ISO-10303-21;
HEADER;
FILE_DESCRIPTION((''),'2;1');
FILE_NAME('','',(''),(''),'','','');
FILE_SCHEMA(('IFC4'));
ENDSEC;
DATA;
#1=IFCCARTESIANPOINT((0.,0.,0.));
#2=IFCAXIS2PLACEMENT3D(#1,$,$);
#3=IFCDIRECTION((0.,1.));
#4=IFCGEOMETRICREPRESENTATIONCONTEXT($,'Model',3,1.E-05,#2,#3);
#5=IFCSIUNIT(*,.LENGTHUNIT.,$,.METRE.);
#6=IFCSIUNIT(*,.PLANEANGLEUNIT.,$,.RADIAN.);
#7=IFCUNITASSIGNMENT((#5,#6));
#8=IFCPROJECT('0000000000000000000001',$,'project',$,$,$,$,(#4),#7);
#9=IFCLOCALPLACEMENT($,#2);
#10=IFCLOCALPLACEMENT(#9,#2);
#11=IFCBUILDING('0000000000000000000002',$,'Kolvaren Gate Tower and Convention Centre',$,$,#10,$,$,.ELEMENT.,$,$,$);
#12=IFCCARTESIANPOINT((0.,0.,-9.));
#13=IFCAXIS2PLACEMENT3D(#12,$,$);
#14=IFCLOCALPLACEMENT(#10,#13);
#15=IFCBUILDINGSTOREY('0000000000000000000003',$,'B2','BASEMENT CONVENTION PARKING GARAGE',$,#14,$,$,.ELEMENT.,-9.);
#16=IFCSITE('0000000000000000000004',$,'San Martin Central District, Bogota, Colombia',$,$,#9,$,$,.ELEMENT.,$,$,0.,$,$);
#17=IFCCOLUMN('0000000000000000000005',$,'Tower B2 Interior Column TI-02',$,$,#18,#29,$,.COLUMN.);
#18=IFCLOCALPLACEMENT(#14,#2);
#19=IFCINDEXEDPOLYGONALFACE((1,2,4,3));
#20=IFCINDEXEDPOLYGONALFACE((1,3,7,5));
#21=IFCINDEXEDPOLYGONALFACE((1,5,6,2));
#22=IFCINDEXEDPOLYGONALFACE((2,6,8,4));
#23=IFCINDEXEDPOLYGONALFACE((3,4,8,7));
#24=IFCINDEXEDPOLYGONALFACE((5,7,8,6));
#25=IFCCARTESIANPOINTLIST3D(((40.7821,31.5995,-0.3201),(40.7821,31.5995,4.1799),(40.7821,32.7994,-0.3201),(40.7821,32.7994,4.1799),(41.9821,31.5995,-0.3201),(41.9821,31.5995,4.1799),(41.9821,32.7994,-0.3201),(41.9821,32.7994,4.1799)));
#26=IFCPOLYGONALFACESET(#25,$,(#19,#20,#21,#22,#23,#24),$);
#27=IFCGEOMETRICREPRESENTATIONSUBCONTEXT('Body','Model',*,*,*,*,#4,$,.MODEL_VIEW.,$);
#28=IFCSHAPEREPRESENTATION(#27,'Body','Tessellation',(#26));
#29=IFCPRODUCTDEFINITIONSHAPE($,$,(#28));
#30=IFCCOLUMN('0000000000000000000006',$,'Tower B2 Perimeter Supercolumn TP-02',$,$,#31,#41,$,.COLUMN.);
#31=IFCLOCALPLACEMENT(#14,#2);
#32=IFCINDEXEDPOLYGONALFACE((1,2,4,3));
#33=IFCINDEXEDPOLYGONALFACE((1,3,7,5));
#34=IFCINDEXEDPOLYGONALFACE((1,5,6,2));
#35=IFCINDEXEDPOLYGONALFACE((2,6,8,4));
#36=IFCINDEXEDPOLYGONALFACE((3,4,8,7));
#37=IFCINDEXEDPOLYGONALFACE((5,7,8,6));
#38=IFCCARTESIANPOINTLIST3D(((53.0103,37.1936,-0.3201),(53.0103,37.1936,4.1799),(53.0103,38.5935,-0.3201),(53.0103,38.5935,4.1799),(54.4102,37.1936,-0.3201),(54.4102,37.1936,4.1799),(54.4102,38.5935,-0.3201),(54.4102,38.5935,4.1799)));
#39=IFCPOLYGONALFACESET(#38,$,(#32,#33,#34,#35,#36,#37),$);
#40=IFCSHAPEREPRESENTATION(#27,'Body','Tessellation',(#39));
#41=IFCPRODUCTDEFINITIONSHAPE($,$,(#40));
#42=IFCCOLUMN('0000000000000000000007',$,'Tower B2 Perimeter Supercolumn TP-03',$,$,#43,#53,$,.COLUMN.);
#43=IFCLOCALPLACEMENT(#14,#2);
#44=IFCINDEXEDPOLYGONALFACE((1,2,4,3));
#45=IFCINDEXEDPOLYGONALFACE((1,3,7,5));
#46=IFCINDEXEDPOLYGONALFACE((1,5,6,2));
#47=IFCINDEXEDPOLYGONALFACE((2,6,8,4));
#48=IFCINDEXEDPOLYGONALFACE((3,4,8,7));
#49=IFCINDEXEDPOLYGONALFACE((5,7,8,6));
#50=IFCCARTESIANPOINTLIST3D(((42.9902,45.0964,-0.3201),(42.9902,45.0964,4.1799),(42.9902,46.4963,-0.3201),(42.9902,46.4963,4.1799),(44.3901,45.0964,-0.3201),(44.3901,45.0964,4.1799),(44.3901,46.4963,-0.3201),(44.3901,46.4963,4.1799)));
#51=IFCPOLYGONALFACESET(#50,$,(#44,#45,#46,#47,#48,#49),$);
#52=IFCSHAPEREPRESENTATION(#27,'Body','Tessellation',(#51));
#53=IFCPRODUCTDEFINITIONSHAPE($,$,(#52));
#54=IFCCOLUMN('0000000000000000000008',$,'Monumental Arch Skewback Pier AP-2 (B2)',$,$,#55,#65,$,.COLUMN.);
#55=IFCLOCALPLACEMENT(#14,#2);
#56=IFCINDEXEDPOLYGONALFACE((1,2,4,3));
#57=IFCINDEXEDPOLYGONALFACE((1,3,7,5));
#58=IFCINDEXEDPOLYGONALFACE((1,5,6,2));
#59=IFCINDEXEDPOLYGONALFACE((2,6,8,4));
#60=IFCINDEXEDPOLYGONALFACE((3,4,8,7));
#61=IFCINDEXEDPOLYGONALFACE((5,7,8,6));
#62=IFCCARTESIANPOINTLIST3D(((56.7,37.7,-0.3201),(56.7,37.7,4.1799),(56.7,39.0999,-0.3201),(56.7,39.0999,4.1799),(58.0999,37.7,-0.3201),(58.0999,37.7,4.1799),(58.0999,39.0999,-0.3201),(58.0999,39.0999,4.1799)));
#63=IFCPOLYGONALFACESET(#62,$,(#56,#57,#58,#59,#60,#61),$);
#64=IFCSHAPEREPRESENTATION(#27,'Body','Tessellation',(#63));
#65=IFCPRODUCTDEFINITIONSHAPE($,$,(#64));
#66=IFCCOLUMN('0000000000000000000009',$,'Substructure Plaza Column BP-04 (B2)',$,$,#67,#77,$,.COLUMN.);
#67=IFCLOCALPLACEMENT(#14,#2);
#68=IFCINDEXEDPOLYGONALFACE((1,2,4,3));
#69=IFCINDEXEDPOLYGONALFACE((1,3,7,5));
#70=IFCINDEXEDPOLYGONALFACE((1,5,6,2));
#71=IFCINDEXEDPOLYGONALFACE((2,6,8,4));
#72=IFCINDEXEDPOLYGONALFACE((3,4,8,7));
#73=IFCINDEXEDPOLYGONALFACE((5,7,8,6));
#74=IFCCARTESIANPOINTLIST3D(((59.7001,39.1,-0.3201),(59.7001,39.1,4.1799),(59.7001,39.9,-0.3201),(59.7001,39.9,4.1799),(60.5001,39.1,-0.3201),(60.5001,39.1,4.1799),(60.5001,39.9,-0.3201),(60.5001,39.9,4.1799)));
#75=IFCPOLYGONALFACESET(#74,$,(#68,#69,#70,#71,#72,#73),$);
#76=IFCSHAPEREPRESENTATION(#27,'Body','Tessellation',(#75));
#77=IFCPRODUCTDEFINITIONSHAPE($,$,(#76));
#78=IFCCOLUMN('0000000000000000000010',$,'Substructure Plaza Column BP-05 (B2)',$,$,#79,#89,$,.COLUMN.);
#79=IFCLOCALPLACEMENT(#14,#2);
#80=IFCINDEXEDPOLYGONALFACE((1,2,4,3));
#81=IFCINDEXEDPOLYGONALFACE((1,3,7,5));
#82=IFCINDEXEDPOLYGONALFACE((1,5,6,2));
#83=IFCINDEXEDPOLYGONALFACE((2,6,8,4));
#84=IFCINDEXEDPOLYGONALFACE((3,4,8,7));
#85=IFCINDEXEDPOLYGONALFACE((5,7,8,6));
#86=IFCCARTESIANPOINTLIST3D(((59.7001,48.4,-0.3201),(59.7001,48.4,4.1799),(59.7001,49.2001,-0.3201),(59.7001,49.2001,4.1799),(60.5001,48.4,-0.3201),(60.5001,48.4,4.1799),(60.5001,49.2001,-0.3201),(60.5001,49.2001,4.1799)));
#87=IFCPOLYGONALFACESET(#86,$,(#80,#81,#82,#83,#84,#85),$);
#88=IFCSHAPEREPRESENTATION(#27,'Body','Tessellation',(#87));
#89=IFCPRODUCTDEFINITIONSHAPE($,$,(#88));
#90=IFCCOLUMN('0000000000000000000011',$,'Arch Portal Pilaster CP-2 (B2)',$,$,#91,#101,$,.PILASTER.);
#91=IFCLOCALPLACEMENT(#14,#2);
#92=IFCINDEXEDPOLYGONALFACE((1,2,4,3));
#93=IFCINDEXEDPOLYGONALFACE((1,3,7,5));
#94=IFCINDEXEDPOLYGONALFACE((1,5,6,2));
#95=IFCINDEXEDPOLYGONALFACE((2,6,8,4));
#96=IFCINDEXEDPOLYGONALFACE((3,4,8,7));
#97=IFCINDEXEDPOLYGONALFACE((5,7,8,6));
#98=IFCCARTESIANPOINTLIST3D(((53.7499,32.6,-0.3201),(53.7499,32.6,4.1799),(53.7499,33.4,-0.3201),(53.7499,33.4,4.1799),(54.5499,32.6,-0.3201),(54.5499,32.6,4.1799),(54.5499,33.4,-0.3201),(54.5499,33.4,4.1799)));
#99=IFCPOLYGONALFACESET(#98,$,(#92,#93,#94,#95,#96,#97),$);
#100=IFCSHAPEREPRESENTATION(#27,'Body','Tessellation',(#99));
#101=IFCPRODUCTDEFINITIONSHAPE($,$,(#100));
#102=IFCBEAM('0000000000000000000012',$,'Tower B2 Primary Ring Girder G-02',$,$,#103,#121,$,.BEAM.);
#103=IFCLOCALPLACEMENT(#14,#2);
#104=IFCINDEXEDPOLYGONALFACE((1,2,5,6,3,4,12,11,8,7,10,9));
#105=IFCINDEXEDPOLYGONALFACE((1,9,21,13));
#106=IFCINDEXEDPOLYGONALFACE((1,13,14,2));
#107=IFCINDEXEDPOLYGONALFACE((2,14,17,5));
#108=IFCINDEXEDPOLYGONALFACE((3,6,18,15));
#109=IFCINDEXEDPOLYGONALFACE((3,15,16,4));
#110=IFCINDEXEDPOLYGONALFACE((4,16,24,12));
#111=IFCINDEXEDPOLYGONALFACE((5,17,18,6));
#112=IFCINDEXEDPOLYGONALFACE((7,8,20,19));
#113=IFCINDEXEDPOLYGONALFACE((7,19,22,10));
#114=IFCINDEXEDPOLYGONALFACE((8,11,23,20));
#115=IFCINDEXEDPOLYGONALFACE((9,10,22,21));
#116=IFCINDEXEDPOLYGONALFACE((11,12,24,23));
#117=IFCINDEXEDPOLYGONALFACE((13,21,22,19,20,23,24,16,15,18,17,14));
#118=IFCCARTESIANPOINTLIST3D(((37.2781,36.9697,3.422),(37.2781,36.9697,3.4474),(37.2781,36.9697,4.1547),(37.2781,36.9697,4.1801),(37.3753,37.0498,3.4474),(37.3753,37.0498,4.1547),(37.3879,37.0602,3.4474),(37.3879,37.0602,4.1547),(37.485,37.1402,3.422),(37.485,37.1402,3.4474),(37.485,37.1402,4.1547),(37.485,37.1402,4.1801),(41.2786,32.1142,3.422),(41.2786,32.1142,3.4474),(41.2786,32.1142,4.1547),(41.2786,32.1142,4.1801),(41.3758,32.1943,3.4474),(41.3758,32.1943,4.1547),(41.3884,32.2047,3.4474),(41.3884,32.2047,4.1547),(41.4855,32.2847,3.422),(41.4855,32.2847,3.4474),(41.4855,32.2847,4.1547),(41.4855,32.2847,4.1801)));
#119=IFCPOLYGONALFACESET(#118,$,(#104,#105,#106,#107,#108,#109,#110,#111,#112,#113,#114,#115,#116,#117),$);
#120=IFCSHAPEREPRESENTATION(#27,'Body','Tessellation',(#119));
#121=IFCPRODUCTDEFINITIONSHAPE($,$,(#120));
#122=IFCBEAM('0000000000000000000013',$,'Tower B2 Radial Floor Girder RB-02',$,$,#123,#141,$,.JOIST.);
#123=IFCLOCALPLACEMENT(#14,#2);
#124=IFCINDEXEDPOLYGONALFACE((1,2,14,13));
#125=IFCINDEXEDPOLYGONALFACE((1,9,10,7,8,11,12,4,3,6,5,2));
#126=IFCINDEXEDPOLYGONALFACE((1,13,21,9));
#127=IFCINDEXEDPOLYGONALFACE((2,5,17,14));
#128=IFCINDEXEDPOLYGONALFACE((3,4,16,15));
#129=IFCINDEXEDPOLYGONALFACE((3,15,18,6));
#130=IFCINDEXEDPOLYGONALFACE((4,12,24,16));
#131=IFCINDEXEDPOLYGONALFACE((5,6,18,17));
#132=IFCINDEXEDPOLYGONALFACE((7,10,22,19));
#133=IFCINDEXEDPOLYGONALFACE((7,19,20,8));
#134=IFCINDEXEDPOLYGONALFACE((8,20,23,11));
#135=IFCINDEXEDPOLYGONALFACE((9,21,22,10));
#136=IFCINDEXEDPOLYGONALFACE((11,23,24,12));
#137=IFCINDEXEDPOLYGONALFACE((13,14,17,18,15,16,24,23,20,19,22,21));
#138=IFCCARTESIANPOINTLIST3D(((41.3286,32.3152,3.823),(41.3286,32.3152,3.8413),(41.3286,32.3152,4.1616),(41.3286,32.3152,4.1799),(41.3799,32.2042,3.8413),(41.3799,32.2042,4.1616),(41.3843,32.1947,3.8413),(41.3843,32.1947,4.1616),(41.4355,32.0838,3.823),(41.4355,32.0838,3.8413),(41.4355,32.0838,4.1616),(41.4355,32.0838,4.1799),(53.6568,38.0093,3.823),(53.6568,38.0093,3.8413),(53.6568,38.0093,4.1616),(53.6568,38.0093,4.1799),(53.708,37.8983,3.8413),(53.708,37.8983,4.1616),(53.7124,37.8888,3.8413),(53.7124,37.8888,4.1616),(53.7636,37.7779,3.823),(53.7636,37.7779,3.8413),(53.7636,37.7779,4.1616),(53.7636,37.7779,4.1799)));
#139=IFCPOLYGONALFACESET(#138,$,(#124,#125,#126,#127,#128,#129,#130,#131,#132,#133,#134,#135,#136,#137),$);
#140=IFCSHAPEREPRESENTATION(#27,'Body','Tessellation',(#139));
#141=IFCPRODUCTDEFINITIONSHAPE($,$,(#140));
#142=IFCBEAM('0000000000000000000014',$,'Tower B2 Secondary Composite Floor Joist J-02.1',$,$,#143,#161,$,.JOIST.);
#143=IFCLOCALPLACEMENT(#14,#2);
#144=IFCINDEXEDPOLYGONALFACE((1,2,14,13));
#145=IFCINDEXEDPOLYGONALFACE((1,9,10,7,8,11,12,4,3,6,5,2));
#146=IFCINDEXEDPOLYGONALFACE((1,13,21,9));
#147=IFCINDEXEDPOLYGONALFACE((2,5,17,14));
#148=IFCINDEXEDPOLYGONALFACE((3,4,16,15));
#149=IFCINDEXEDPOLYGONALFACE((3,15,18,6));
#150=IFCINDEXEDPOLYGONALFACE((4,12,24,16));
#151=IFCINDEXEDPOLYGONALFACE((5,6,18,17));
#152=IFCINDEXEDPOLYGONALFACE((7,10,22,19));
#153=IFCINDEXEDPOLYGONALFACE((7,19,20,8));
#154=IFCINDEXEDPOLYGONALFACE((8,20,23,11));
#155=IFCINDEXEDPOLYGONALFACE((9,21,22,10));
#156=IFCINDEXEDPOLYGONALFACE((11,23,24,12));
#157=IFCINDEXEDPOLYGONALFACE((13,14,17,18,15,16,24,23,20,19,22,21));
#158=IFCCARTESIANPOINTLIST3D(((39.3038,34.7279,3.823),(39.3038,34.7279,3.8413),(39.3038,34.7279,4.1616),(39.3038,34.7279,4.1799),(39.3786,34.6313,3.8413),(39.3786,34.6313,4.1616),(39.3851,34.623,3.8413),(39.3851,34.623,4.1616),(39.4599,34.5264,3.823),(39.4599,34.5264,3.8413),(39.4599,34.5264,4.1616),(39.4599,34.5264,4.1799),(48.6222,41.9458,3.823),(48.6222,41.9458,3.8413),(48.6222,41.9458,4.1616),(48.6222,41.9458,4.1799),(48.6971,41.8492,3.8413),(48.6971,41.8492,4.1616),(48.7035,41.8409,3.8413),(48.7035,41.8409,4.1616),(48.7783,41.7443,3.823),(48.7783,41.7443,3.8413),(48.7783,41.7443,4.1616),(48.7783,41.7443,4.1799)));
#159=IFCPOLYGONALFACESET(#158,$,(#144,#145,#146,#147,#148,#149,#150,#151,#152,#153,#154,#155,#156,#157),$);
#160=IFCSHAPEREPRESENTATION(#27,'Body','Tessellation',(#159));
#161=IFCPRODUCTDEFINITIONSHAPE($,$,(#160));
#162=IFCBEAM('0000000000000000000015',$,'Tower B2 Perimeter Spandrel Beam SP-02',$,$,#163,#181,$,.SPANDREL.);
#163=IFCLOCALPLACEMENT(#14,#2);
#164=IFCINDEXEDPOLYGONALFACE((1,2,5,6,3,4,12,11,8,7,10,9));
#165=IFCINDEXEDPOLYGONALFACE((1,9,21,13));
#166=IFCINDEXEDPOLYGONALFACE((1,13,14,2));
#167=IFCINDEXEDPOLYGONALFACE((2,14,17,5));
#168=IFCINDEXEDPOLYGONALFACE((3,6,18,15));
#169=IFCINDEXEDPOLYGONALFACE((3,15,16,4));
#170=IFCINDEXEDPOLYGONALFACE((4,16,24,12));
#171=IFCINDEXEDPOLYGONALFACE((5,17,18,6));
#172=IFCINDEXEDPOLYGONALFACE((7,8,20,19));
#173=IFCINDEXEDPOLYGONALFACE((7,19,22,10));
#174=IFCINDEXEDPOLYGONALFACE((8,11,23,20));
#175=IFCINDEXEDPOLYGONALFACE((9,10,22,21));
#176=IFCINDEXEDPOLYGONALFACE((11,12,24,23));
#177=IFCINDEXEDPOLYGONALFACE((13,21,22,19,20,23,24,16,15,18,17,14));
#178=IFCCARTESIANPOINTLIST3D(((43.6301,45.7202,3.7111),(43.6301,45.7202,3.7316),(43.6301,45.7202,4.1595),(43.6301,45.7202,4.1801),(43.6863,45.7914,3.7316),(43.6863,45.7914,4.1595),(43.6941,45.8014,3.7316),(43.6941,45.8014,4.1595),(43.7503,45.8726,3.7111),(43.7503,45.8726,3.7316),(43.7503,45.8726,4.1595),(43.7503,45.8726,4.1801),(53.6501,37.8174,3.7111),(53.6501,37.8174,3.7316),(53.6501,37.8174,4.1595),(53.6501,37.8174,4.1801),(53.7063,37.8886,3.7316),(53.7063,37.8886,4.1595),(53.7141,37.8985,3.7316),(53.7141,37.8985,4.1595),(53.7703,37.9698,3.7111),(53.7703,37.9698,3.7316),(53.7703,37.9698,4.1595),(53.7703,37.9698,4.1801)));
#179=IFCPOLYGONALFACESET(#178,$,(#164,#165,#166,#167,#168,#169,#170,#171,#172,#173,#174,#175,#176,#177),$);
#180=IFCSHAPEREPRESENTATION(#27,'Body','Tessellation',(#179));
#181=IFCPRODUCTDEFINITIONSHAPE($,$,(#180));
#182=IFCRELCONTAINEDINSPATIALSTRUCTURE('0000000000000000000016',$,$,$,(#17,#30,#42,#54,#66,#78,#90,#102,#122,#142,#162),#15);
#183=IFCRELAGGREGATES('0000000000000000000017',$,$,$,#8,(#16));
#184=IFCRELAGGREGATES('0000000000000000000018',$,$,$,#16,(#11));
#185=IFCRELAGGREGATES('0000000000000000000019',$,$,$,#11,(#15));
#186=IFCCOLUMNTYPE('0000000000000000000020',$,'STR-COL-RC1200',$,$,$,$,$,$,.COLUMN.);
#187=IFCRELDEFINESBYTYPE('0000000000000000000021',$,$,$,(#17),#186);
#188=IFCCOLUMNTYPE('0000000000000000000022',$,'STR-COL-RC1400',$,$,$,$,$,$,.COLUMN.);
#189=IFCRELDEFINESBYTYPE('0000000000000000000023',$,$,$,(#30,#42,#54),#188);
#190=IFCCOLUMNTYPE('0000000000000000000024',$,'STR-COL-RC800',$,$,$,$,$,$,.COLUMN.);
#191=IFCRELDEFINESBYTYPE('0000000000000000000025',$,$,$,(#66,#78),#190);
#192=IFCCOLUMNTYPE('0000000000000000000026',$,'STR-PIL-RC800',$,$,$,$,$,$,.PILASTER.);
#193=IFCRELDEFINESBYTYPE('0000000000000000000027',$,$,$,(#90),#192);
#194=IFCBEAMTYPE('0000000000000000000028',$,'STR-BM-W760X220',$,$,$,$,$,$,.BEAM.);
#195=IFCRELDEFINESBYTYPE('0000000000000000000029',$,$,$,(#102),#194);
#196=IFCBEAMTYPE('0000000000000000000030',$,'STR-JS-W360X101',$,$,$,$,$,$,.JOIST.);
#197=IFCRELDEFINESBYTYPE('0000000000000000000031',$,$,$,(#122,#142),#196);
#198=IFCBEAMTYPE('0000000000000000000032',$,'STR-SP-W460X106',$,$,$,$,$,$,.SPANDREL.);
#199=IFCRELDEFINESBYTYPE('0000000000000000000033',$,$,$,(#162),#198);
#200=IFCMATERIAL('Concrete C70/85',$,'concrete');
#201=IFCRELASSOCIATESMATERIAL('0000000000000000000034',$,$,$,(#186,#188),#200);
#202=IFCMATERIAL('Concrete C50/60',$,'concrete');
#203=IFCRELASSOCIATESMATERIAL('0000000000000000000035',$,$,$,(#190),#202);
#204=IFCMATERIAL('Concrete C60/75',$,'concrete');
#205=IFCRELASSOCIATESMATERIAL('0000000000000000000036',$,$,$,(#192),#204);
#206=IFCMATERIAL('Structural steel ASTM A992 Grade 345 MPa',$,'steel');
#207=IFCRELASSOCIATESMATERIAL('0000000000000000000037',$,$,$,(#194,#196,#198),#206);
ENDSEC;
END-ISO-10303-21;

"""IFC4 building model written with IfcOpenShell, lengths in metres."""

from ifc_helpers import new_model, si_unit, direction, frame, origin, origin_2d, place, context, subcontext, project, spatial, rectangle, i_section, extrude, material, material_profile, profile_set, type_object, element, save


model = new_model("IFC4")

# Units and contexts
model_context = context("Model", 3, precision=1e-05, world=origin(), true_north=direction((0.0, 1.0)))
body_context = subcontext(model_context, "Body", "Model", "MODEL_VIEW")
ifc_project = project(units=[si_unit("LENGTHUNIT", "METRE"), si_unit("PLANEANGLEUNIT", "RADIAN")], contexts=[model_context])

# Site, building, storey
site_placement = place(None, origin())
site = spatial("IfcSite", under=ifc_project, at=site_placement, Name="San Martin Central District, Bogota, Colombia", CompositionType="ELEMENT", RefElevation=0.0)
building_placement = place(site_placement, origin())
building = spatial("IfcBuilding", under=site, at=building_placement, Name="Kolvaren Gate Tower and Convention Centre", CompositionType="ELEMENT")
storey_placement = place(building_placement, frame((0.0, 0.0, -9.0)))
storey = spatial("IfcBuildingStorey", under=building, at=storey_placement, Name="B2", Description="BASEMENT CONVENTION PARKING GARAGE", CompositionType="ELEMENT", Elevation=-9.0)

# Columns
ifc_material_1 = material(Name="Concrete C70/85", Category="concrete")
ifc_material_profile_1 = material_profile(ifc_material_1, rectangle(XDim=1.2, YDim=1.2, at=origin_2d()), Name="RC-COL-1200X1200")
ifc_profile_set_1 = profile_set([ifc_material_profile_1], Name="Concrete C70/85")
column_type_1 = type_object("IfcColumnType", Name="STR-COL-RC1200", PredefinedType="COLUMN", material=ifc_profile_set_1)
column_1_placement = place(storey_placement, frame((41.3821, 32.1995, -0.3201), z_axis=(0.0, 0.0, 1.0), x_axis=(1.0, 0.0, 0.0)))
element("IfcColumn", 1, at=column_1_placement, inside=storey, type_object=column_type_1, Name="Tower B2 Interior Column TI-02", PredefinedType="COLUMN", context=body_context, shape_type="SweptSolid", body=[
    extrude(rectangle(XDim=1.2, YDim=1.2, at=origin_2d()), origin(), (0.0, 0.0, 1.0), 4.5),
])
ifc_material_profile_2 = material_profile(ifc_material_1, rectangle(XDim=1.3999, YDim=1.3999, at=origin_2d()), Name="RC-COL-1400X1400")
ifc_profile_set_2 = profile_set([ifc_material_profile_2], Name="Concrete C70/85")
column_type_2 = type_object("IfcColumnType", Name="STR-COL-RC1400", PredefinedType="COLUMN", material=ifc_profile_set_2)
for number, where, z_axis, x_axis, name in (
    (2, (53.7102, 37.8936, -0.3201), (0.0, 0.0, 1.0), (1.0, 0.0, 0.0), "Tower B2 Perimeter Supercolumn TP-02"),
    (3, (43.6902, 45.7964, -0.3201), (0.0, 0.0, 1.0), (1.0, 0.0, 0.0), "Tower B2 Perimeter Supercolumn TP-03"),
    (4, (57.3999, 38.3999, -0.3201), (0.0, 0.0, 1.0), (1.0, 0.0, 0.0), "Monumental Arch Skewback Pier AP-2 (B2)"),
):
    element("IfcColumn", number, at=place(storey_placement, frame(where, z_axis=z_axis, x_axis=x_axis)), inside=storey, type_object=column_type_2, Name=name, PredefinedType="COLUMN", context=body_context, shape_type="SweptSolid", body=[
        extrude(rectangle(XDim=1.3999, YDim=1.3999, at=origin_2d()), origin(), (0.0, 0.0, 1.0), 4.5),
    ])
ifc_material_2 = material(Name="Concrete C50/60", Category="concrete")
ifc_material_profile_3 = material_profile(ifc_material_2, rectangle(XDim=0.8, YDim=0.8, at=origin_2d()), Name="RC-COL-800X800")
ifc_profile_set_3 = profile_set([ifc_material_profile_3], Name="Concrete C50/60")
column_type_3 = type_object("IfcColumnType", Name="STR-COL-RC800", PredefinedType="COLUMN", material=ifc_profile_set_3)
for number, where, z_axis, x_axis, name in (
    (5, (60.1001, 39.5, -0.3201), (0.0, 0.0, 1.0), (1.0, 0.0, 0.0), "Substructure Plaza Column BP-04 (B2)"),
    (6, (60.1001, 48.8, -0.3201), (0.0, 0.0, 1.0), (1.0, 0.0, 0.0), "Substructure Plaza Column BP-05 (B2)"),
):
    element("IfcColumn", number, at=place(storey_placement, frame(where, z_axis=z_axis, x_axis=x_axis)), inside=storey, type_object=column_type_3, Name=name, PredefinedType="COLUMN", context=body_context, shape_type="SweptSolid", body=[
        extrude(rectangle(XDim=0.8, YDim=0.8, at=origin_2d()), origin(), (0.0, 0.0, 1.0), 4.5),
    ])
ifc_material_3 = material(Name="Concrete C60/75", Category="concrete")
ifc_material_profile_4 = material_profile(ifc_material_3, rectangle(XDim=0.8, YDim=0.8, at=origin_2d()), Name="RC-COL-800X800")
ifc_profile_set_4 = profile_set([ifc_material_profile_4], Name="Concrete C60/75")
column_type_4 = type_object("IfcColumnType", Name="STR-PIL-RC800", PredefinedType="PILASTER", material=ifc_profile_set_4)
column_2_placement = place(storey_placement, frame((54.1499, 33.0, -0.3201), z_axis=(0.0, 0.0, 1.0), x_axis=(1.0, 0.0, 0.0)))
element("IfcColumn", 7, at=column_2_placement, inside=storey, type_object=column_type_4, Name="Arch Portal Pilaster CP-2 (B2)", PredefinedType="PILASTER", context=body_context, shape_type="SweptSolid", body=[
    extrude(rectangle(XDim=0.8, YDim=0.8, at=origin_2d()), origin(), (0.0, 0.0, 1.0), 4.5),
])

# Beams
ifc_material_4 = material(Name="Structural steel ASTM A992 Grade 345 MPa", Category="steel")
ifc_material_profile_5 = material_profile(ifc_material_4, i_section(OverallWidth=0.2681, OverallDepth=0.7581, WebThickness=0.0164, FlangeThickness=0.0254, at=origin_2d()), Name="W760X220")
ifc_profile_set_5 = profile_set([ifc_material_profile_5], Name="Structural steel ASTM A992 Grade 345 MPa")
beam_type_1 = type_object("IfcBeamType", Name="STR-BM-W760X220", PredefinedType="BEAM", material=ifc_profile_set_5)
beam_1_placement = place(storey_placement, frame((41.3821, 32.1995, 3.801), z_axis=(-0.635884, 0.771785, 0.0), x_axis=(-0.771785, -0.635884, 0.0)))
element("IfcBeam", 8, at=beam_1_placement, inside=storey, type_object=beam_type_1, Name="Tower B2 Primary Ring Girder G-02", PredefinedType="BEAM", context=body_context, shape_type="SweptSolid", body=[
    extrude(i_section(OverallWidth=0.2681, OverallDepth=0.7581, WebThickness=0.0164, FlangeThickness=0.0254, at=origin_2d()), origin(), (0.0, 0.0, 1.0), 6.2913),
])
ifc_material_profile_6 = material_profile(ifc_material_4, i_section(OverallWidth=0.2549, OverallDepth=0.3569, WebThickness=0.0105, FlangeThickness=0.0183, at=origin_2d()), Name="W360X101")
ifc_profile_set_6 = profile_set([ifc_material_profile_6], Name="Structural steel ASTM A992 Grade 345 MPa")
beam_type_2 = type_object("IfcBeamType", Name="STR-JS-W360X101", PredefinedType="JOIST", material=ifc_profile_set_6)
beam_2_placement = place(storey_placement, frame((41.3821, 32.1995, 4.0015), z_axis=(0.907842, 0.419312, 0.0), x_axis=(-0.419312, 0.907842, 0.0)))
element("IfcBeam", 9, at=beam_2_placement, inside=storey, type_object=beam_type_2, Name="Tower B2 Radial Floor Girder RB-02", PredefinedType="JOIST", context=body_context, shape_type="SweptSolid", body=[
    extrude(i_section(OverallWidth=0.2549, OverallDepth=0.3569, WebThickness=0.0105, FlangeThickness=0.0183, at=origin_2d()), origin(), (0.0, 0.0, 1.0), 13.5796),
])
beam_3_placement = place(storey_placement, frame((39.3818, 34.6272, 4.0015), z_axis=(0.790577, 0.612362, 0.0), x_axis=(-0.612362, 0.790577, 0.0)))
element("IfcBeam", 10, at=beam_3_placement, inside=storey, type_object=beam_type_2, Name="Tower B2 Secondary Composite Floor Joist J-02.1", PredefinedType="JOIST", context=body_context, shape_type="SweptSolid", body=[
    extrude(i_section(OverallWidth=0.2549, OverallDepth=0.3569, WebThickness=0.0105, FlangeThickness=0.0183, at=origin_2d()), origin(), (0.0, 0.0, 1.0), 11.7869),
])
ifc_material_profile_7 = material_profile(ifc_material_4, i_section(OverallWidth=0.1941, OverallDepth=0.469, WebThickness=0.0127, FlangeThickness=0.0205, at=origin_2d()), Name="W460X106")
ifc_profile_set_7 = profile_set([ifc_material_profile_7], Name="Structural steel ASTM A992 Grade 345 MPa")
beam_type_3 = type_object("IfcBeamType", Name="STR-SP-W460X106", PredefinedType="SPANDREL", material=ifc_profile_set_7)
beam_4_placement = place(storey_placement, frame((53.7102, 37.8936, 3.9456), z_axis=(-0.785176, 0.619272, 0.0), x_axis=(-0.619272, -0.785176, 0.0)))
element("IfcBeam", 11, at=beam_4_placement, inside=storey, type_object=beam_type_3, Name="Tower B2 Perimeter Spandrel Beam SP-02", PredefinedType="SPANDREL", context=body_context, shape_type="SweptSolid", body=[
    extrude(i_section(OverallWidth=0.1941, OverallDepth=0.469, WebThickness=0.0127, FlangeThickness=0.0205, at=origin_2d()), origin(), (0.0, 0.0, 1.0), 12.7615),
])

save(model, "model.ifc")
